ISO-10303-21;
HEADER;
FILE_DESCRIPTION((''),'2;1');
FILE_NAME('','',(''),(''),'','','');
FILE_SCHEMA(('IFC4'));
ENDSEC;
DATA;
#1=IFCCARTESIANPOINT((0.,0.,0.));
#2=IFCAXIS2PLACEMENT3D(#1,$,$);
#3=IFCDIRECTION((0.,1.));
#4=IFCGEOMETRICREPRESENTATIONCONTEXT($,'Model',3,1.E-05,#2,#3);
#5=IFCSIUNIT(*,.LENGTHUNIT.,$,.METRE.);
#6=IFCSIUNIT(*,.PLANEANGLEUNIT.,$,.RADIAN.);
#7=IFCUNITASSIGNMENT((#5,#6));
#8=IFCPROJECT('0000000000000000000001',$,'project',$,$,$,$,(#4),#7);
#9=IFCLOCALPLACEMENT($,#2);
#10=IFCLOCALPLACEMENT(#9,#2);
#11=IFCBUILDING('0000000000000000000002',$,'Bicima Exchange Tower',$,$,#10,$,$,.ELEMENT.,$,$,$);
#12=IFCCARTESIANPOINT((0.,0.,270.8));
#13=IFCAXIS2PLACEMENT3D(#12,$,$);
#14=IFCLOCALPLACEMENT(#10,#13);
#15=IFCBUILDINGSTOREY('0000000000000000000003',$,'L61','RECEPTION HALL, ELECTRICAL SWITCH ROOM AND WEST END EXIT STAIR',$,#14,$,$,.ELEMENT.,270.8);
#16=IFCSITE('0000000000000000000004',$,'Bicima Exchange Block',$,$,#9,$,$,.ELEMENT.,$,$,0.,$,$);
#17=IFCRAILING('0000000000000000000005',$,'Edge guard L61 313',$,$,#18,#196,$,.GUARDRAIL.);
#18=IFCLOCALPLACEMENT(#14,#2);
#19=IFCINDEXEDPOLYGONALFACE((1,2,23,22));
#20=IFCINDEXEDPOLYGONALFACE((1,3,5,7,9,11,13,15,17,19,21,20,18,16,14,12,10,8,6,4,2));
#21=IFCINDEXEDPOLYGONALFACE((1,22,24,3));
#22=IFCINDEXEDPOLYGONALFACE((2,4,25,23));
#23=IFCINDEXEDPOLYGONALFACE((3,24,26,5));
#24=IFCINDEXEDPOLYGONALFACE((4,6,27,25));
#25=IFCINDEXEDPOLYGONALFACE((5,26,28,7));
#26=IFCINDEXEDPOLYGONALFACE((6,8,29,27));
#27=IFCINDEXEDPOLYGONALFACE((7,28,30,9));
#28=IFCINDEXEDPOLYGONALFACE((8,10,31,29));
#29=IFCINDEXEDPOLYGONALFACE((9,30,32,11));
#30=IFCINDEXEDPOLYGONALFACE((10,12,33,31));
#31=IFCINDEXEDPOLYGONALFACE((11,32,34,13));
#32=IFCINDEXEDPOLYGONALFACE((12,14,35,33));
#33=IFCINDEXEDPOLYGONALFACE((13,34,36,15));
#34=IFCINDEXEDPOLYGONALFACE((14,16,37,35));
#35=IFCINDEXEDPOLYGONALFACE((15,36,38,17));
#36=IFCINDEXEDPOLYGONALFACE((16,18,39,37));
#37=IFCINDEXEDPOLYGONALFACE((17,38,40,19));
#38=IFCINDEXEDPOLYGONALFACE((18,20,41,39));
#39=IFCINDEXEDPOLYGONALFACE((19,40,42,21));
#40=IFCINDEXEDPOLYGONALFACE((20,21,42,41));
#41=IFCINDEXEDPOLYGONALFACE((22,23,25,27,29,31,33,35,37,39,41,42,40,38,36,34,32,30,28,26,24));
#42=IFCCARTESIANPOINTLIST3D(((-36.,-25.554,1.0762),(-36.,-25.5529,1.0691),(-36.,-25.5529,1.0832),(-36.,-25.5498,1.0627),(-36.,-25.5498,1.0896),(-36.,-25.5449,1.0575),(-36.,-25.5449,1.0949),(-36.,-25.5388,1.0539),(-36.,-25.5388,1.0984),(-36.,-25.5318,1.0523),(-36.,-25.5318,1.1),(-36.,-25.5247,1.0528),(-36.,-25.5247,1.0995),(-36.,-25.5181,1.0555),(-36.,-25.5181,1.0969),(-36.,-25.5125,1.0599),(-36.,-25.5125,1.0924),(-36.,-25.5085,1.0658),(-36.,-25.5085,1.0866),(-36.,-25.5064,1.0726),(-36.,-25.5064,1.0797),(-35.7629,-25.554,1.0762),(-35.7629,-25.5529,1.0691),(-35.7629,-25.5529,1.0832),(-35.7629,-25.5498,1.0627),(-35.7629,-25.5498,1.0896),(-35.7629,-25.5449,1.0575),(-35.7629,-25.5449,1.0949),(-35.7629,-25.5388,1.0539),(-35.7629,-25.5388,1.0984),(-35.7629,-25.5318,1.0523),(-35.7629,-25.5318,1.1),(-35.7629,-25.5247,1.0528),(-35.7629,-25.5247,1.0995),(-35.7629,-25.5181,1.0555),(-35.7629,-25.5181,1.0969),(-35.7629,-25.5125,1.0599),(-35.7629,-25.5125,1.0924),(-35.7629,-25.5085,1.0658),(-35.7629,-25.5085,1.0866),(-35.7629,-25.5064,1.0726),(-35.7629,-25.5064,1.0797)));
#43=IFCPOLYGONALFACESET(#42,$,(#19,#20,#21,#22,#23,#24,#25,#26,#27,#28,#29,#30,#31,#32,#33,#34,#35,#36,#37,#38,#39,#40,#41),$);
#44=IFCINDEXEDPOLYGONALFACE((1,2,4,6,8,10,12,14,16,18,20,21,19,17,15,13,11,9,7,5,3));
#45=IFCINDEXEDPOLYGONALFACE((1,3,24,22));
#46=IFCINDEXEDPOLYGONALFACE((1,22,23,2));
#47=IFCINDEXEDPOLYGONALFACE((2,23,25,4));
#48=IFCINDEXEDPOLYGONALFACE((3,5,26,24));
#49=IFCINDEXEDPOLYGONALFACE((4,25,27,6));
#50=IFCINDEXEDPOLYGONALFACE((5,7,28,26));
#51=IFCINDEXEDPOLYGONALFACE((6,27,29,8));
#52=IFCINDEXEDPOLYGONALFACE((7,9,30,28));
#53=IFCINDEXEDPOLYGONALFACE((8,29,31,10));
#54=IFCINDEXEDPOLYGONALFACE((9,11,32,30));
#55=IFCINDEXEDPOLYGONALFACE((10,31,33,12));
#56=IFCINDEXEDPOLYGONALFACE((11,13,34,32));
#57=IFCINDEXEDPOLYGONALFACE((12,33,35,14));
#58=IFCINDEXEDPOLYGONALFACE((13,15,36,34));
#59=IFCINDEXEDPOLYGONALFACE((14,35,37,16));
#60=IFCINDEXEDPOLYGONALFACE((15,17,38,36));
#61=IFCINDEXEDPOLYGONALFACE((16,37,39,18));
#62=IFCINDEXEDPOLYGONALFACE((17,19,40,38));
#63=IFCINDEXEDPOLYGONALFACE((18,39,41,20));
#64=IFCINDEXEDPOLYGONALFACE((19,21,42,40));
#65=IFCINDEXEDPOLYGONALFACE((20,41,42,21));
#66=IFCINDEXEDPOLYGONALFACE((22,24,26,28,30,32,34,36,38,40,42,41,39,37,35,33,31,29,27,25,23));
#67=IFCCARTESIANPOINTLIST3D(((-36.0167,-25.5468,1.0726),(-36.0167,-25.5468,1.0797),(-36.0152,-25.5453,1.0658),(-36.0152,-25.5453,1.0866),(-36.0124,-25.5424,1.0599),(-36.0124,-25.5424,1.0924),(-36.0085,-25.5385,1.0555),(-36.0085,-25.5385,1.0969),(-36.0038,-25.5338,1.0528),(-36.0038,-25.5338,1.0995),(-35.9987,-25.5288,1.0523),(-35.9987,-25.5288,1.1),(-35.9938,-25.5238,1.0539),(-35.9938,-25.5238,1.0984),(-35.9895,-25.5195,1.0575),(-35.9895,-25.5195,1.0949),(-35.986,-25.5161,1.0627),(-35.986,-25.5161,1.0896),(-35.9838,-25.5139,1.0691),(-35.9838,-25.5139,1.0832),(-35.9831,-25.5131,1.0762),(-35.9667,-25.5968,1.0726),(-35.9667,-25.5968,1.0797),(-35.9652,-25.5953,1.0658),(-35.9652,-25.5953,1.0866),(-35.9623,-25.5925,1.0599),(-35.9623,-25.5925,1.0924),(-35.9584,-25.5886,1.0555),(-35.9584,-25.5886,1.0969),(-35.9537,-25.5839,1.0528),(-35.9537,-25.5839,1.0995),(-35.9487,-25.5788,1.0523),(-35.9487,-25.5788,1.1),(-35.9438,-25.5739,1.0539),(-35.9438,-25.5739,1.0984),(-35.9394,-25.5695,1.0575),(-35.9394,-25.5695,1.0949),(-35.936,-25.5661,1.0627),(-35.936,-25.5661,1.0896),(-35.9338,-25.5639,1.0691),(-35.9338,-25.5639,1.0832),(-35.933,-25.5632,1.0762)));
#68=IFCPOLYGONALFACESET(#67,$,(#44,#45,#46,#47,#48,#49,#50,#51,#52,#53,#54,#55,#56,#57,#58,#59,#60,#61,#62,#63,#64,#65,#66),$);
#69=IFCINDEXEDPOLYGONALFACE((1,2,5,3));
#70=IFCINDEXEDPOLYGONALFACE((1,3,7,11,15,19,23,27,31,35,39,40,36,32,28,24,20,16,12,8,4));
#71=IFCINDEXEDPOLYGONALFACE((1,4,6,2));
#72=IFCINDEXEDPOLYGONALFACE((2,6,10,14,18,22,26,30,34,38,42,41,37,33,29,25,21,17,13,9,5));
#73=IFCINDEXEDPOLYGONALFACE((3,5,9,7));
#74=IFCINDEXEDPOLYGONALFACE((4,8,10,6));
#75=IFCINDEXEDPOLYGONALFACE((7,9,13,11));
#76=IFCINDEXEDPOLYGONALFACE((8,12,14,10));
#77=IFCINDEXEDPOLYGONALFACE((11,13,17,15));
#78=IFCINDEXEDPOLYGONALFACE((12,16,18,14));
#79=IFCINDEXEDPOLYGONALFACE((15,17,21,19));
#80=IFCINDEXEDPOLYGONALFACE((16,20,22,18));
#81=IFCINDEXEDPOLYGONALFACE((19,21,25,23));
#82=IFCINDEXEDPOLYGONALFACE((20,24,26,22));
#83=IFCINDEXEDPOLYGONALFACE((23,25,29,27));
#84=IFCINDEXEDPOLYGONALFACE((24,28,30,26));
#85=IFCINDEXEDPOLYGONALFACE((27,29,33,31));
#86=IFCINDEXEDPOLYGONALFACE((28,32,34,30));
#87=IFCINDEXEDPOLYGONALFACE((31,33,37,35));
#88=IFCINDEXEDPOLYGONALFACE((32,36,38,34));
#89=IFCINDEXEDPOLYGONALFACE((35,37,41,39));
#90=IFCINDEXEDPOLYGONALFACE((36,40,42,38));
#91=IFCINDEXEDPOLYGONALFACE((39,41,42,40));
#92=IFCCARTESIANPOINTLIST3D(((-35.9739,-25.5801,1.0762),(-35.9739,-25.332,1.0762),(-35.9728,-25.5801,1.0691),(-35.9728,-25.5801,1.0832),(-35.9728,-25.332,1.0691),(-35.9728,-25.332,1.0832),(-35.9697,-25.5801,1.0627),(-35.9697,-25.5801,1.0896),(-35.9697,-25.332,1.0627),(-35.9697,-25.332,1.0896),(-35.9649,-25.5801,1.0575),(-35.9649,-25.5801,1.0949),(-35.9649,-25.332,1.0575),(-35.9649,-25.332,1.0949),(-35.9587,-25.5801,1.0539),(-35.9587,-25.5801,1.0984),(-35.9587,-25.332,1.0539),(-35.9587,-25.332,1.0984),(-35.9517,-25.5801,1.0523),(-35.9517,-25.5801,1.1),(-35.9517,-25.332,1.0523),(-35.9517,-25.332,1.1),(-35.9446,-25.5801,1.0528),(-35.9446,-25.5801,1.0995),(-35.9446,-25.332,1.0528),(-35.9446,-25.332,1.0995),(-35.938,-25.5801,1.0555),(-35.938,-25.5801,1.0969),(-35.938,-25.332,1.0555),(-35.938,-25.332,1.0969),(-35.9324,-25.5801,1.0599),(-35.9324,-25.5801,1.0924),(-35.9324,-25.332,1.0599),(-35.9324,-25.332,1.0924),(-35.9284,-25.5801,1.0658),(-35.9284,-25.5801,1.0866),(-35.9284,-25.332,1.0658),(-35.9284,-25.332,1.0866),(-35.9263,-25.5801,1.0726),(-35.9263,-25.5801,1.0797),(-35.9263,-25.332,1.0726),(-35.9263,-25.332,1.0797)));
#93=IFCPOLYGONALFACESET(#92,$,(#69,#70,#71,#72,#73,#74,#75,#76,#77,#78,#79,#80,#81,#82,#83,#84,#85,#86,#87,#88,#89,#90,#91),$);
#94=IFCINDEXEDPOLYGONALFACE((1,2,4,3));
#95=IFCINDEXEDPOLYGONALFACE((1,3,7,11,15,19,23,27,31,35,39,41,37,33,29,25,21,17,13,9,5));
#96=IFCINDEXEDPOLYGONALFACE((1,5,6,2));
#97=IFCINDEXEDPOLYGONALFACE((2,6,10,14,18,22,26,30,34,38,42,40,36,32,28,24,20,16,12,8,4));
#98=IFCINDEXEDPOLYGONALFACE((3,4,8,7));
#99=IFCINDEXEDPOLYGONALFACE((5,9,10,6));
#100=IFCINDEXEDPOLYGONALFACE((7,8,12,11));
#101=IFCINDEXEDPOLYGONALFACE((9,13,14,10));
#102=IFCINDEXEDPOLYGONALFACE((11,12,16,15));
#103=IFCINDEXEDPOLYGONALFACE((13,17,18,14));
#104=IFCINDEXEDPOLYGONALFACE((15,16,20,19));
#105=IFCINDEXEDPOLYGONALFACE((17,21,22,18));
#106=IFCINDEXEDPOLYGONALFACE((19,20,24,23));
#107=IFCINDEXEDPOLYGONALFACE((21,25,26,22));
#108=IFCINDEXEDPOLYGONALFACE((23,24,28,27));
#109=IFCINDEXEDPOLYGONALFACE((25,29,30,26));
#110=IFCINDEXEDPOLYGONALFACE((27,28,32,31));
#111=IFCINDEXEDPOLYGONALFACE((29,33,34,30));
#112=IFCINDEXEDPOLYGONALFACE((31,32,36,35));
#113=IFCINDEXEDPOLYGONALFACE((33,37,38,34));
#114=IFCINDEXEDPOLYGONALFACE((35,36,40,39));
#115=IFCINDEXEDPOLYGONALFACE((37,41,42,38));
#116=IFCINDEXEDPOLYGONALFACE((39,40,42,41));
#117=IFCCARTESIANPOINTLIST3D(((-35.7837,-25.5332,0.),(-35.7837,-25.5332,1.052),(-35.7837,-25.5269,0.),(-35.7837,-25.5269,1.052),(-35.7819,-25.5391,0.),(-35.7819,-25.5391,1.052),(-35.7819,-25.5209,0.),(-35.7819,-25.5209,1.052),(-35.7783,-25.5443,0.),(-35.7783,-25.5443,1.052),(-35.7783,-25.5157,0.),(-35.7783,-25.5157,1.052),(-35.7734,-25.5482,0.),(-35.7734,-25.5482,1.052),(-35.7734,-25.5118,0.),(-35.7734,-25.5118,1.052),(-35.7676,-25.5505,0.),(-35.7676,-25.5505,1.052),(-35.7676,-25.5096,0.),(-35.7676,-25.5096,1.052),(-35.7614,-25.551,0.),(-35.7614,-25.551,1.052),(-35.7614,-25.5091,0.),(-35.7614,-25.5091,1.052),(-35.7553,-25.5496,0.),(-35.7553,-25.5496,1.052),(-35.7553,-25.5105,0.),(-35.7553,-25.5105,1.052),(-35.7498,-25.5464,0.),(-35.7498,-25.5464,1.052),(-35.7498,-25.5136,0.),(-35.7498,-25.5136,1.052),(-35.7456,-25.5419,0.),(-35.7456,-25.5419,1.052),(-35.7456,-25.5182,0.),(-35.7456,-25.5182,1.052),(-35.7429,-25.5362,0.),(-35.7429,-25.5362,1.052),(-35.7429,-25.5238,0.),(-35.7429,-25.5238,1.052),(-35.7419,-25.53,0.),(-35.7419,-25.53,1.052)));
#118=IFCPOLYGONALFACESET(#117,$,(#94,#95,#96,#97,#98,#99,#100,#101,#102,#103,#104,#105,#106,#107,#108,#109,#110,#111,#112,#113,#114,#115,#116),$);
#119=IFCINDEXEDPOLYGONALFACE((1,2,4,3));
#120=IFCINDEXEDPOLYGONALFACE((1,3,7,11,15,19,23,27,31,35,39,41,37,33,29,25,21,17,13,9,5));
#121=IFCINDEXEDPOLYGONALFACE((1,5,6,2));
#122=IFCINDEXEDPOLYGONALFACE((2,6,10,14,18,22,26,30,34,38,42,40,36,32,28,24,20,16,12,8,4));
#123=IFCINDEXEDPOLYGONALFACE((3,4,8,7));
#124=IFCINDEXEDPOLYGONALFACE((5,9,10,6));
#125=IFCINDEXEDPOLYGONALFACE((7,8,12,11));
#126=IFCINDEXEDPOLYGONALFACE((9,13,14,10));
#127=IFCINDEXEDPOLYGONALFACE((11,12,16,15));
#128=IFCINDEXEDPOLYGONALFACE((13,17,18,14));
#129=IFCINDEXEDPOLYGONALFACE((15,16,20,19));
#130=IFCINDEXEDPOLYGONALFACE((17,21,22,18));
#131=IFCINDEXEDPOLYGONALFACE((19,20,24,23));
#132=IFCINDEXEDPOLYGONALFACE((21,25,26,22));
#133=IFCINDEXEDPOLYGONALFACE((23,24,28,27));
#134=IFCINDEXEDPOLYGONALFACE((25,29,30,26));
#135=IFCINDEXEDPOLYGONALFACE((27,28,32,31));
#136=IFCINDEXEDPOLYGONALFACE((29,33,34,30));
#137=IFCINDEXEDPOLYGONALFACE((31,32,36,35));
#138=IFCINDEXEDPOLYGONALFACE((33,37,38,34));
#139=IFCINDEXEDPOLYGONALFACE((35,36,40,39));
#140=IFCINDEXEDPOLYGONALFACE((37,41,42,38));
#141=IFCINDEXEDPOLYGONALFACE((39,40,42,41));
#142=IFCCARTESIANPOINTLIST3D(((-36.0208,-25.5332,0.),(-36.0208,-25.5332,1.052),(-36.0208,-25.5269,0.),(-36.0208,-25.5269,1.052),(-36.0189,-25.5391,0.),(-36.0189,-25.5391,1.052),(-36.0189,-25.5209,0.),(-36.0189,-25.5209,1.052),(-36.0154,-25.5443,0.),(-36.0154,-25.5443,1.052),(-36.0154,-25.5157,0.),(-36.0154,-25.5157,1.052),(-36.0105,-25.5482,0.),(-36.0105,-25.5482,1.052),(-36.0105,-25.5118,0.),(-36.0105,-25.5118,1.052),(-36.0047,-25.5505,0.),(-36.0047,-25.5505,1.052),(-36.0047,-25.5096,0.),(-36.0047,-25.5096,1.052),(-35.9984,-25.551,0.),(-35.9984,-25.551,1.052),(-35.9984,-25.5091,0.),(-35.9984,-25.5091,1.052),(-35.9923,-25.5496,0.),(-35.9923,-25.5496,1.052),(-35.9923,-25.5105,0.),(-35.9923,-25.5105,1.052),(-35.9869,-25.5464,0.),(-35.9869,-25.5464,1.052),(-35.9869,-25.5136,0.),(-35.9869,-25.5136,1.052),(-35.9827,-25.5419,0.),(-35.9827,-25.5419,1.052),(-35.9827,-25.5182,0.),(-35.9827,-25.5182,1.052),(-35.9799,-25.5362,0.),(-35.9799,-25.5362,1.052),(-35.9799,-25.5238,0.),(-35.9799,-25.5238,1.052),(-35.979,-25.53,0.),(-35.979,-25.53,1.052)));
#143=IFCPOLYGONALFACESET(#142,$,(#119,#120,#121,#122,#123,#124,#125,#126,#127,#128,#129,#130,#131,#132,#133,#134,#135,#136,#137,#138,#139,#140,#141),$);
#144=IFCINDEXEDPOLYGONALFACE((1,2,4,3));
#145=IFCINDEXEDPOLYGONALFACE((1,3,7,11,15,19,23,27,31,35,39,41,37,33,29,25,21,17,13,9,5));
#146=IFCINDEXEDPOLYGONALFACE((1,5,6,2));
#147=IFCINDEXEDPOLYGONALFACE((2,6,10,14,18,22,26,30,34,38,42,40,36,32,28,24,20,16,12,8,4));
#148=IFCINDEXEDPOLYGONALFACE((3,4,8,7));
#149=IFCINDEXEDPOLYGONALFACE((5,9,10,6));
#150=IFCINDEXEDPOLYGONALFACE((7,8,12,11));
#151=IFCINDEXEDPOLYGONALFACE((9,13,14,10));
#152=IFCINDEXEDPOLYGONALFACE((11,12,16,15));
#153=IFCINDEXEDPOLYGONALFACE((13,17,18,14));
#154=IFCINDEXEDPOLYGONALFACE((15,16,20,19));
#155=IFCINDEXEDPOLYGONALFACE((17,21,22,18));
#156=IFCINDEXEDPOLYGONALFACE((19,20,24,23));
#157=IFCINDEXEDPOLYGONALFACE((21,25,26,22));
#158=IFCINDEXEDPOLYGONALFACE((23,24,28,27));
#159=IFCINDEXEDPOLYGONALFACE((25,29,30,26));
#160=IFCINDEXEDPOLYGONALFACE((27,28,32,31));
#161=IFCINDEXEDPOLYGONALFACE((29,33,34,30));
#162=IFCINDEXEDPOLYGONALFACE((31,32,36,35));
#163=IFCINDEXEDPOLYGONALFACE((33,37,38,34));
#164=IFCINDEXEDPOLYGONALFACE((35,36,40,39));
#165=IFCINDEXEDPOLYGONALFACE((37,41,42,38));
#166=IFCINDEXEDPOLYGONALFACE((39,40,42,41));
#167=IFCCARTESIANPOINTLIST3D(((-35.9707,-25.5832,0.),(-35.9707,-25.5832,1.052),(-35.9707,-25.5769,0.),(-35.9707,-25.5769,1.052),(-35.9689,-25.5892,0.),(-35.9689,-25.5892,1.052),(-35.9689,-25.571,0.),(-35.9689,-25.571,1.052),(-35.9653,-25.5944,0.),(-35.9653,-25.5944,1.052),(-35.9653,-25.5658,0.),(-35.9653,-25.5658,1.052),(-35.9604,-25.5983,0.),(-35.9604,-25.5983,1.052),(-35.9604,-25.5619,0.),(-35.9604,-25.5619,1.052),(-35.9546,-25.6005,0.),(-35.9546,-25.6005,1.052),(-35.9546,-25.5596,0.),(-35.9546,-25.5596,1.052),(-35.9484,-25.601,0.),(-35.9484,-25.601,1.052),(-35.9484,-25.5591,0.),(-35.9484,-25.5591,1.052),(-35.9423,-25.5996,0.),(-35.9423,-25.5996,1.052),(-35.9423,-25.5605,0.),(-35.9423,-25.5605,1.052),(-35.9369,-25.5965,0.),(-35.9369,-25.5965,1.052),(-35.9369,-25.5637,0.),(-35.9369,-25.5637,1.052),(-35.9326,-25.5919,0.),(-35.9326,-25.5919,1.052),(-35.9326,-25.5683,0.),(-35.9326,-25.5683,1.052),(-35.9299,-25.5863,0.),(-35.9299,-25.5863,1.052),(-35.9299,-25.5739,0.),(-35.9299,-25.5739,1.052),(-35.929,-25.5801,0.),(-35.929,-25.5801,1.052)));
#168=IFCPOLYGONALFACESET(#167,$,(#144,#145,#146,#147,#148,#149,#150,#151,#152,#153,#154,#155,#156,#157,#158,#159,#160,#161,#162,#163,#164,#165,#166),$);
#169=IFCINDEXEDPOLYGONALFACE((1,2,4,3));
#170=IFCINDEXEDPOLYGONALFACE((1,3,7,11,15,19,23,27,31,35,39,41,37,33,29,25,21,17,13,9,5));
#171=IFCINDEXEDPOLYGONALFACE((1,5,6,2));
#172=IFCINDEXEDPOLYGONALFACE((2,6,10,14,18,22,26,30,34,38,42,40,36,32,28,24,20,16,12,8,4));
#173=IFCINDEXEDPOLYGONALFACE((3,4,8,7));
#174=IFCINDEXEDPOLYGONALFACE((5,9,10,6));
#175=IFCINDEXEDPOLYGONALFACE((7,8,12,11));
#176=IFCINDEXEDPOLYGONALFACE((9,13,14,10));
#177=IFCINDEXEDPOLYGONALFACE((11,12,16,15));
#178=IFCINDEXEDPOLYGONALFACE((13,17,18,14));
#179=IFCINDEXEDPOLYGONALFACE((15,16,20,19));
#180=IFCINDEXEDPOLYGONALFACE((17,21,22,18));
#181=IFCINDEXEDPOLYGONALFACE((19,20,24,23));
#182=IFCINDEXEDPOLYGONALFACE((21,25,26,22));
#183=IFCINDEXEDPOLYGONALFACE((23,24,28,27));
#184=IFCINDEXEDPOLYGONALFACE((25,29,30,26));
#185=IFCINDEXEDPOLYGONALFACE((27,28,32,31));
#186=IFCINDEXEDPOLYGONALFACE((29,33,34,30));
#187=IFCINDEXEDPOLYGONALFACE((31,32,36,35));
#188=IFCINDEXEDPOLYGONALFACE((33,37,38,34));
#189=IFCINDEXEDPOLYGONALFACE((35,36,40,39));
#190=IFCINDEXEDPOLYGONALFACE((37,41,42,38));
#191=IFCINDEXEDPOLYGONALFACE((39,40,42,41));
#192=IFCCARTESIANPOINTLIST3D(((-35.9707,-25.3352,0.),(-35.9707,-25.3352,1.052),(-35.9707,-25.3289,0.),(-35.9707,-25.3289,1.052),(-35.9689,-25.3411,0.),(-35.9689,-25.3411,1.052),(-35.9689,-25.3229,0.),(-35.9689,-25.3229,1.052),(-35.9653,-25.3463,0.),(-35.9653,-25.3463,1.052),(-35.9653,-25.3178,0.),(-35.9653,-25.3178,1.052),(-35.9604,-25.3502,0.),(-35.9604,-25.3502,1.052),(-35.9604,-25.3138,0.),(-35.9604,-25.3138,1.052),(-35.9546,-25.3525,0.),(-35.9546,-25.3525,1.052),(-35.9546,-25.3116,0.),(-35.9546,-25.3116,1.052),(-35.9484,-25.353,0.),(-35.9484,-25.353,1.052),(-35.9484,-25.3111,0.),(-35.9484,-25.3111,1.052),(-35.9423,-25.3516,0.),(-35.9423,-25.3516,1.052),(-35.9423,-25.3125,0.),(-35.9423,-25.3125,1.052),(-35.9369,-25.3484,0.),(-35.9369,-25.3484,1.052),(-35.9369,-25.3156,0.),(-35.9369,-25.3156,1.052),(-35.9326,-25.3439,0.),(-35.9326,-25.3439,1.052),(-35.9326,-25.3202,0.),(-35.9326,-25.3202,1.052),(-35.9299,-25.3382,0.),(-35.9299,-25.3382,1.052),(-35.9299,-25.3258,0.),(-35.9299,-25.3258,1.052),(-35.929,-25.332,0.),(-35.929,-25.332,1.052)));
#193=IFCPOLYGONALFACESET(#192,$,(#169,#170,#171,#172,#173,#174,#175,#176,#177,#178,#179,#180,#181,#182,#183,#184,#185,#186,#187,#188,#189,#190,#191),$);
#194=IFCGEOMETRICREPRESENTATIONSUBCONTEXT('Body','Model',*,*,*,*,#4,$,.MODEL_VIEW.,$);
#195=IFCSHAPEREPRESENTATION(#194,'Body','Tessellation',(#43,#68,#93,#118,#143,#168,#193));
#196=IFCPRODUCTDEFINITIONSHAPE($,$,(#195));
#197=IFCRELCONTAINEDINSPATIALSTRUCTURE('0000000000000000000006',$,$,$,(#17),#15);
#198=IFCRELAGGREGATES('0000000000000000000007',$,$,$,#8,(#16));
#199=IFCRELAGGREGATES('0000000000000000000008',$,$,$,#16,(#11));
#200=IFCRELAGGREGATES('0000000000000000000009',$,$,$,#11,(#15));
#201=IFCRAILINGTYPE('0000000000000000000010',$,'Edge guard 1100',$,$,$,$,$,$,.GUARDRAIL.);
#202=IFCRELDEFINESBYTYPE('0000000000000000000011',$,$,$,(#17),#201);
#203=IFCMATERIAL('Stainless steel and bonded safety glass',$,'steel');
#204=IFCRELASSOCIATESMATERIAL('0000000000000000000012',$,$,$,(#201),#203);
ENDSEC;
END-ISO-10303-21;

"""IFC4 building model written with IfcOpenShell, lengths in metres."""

from ifc_helpers import new_model, si_unit, direction, frame, origin, origin_2d, place, context, subcontext, project, spatial, circle, extrude, material, type_object, element, save


model = new_model("IFC4")

# Units and contexts
model_context = context("Model", 3, precision=1e-05, world=origin(), true_north=direction((0.0, 1.0)))
body_context = subcontext(model_context, "Body", "Model", "MODEL_VIEW")
ifc_project = project(units=[si_unit("LENGTHUNIT", "METRE"), si_unit("PLANEANGLEUNIT", "RADIAN")], contexts=[model_context])

# Site, building, storey
site_placement = place(None, origin())
site = spatial("IfcSite", under=ifc_project, at=site_placement, Name="Bicima Exchange Block", CompositionType="ELEMENT", RefElevation=0.0)
building_placement = place(site_placement, origin())
building = spatial("IfcBuilding", under=site, at=building_placement, Name="Bicima Exchange Tower", CompositionType="ELEMENT")
storey_placement = place(building_placement, frame((0.0, 0.0, 270.8)))
storey = spatial("IfcBuildingStorey", under=building, at=storey_placement, Name="L61", Description="RECEPTION HALL, ELECTRICAL SWITCH ROOM AND WEST END EXIT STAIR", CompositionType="ELEMENT", Elevation=270.8)

# Railing
ifc_material_1 = material(Name="Stainless steel and bonded safety glass", Category="steel")
railing_type = type_object("IfcRailingType", Name="Edge guard 1100", PredefinedType="GUARDRAIL", material=ifc_material_1)
railing_placement = place(storey_placement, frame((-35.7629, -25.53, 0.0)))
element("IfcRailing", 1, at=railing_placement, inside=storey, type_object=railing_type, Name="Edge guard L61 313", PredefinedType="GUARDRAIL", context=body_context, shape_type="SweptSolid", body=[
    extrude(circle(Radius=0.0239, at=origin_2d()), frame((0.0, 0.0, 1.0762), z_axis=(-1.0, 0.0, 0.0), x_axis=(0.0, -1.0, 0.0)), (0.0, 0.0, 1.0), 0.2371),
    extrude(circle(Radius=0.0239, at=origin_2d()), frame((-0.2371, 0.0, 1.0762), z_axis=(0.707107, -0.707107, 0.0), x_axis=(0.707107, 0.707107, 0.0)), (0.0, 0.0, 1.0), 0.0708),
    extrude(circle(Radius=0.0239, at=origin_2d()), frame((-0.187, -0.05, 1.0762), z_axis=(0.0, 1.0, 0.0), x_axis=(-1.0, 0.0, 0.0)), (0.0, 0.0, 1.0), 0.248),
    extrude(circle(Radius=0.021, at=origin_2d()), origin(), (0.0, 0.0, 1.0), 1.052),
    extrude(circle(Radius=0.021, at=origin_2d()), frame((-0.2371, 0.0, 0.0)), (0.0, 0.0, 1.0), 1.052),
    extrude(circle(Radius=0.021, at=origin_2d()), frame((-0.187, -0.05, 0.0)), (0.0, 0.0, 1.0), 1.052),
    extrude(circle(Radius=0.021, at=origin_2d()), frame((-0.187, 0.198, 0.0)), (0.0, 0.0, 1.0), 1.052),
])

save(model, "model.ifc")
